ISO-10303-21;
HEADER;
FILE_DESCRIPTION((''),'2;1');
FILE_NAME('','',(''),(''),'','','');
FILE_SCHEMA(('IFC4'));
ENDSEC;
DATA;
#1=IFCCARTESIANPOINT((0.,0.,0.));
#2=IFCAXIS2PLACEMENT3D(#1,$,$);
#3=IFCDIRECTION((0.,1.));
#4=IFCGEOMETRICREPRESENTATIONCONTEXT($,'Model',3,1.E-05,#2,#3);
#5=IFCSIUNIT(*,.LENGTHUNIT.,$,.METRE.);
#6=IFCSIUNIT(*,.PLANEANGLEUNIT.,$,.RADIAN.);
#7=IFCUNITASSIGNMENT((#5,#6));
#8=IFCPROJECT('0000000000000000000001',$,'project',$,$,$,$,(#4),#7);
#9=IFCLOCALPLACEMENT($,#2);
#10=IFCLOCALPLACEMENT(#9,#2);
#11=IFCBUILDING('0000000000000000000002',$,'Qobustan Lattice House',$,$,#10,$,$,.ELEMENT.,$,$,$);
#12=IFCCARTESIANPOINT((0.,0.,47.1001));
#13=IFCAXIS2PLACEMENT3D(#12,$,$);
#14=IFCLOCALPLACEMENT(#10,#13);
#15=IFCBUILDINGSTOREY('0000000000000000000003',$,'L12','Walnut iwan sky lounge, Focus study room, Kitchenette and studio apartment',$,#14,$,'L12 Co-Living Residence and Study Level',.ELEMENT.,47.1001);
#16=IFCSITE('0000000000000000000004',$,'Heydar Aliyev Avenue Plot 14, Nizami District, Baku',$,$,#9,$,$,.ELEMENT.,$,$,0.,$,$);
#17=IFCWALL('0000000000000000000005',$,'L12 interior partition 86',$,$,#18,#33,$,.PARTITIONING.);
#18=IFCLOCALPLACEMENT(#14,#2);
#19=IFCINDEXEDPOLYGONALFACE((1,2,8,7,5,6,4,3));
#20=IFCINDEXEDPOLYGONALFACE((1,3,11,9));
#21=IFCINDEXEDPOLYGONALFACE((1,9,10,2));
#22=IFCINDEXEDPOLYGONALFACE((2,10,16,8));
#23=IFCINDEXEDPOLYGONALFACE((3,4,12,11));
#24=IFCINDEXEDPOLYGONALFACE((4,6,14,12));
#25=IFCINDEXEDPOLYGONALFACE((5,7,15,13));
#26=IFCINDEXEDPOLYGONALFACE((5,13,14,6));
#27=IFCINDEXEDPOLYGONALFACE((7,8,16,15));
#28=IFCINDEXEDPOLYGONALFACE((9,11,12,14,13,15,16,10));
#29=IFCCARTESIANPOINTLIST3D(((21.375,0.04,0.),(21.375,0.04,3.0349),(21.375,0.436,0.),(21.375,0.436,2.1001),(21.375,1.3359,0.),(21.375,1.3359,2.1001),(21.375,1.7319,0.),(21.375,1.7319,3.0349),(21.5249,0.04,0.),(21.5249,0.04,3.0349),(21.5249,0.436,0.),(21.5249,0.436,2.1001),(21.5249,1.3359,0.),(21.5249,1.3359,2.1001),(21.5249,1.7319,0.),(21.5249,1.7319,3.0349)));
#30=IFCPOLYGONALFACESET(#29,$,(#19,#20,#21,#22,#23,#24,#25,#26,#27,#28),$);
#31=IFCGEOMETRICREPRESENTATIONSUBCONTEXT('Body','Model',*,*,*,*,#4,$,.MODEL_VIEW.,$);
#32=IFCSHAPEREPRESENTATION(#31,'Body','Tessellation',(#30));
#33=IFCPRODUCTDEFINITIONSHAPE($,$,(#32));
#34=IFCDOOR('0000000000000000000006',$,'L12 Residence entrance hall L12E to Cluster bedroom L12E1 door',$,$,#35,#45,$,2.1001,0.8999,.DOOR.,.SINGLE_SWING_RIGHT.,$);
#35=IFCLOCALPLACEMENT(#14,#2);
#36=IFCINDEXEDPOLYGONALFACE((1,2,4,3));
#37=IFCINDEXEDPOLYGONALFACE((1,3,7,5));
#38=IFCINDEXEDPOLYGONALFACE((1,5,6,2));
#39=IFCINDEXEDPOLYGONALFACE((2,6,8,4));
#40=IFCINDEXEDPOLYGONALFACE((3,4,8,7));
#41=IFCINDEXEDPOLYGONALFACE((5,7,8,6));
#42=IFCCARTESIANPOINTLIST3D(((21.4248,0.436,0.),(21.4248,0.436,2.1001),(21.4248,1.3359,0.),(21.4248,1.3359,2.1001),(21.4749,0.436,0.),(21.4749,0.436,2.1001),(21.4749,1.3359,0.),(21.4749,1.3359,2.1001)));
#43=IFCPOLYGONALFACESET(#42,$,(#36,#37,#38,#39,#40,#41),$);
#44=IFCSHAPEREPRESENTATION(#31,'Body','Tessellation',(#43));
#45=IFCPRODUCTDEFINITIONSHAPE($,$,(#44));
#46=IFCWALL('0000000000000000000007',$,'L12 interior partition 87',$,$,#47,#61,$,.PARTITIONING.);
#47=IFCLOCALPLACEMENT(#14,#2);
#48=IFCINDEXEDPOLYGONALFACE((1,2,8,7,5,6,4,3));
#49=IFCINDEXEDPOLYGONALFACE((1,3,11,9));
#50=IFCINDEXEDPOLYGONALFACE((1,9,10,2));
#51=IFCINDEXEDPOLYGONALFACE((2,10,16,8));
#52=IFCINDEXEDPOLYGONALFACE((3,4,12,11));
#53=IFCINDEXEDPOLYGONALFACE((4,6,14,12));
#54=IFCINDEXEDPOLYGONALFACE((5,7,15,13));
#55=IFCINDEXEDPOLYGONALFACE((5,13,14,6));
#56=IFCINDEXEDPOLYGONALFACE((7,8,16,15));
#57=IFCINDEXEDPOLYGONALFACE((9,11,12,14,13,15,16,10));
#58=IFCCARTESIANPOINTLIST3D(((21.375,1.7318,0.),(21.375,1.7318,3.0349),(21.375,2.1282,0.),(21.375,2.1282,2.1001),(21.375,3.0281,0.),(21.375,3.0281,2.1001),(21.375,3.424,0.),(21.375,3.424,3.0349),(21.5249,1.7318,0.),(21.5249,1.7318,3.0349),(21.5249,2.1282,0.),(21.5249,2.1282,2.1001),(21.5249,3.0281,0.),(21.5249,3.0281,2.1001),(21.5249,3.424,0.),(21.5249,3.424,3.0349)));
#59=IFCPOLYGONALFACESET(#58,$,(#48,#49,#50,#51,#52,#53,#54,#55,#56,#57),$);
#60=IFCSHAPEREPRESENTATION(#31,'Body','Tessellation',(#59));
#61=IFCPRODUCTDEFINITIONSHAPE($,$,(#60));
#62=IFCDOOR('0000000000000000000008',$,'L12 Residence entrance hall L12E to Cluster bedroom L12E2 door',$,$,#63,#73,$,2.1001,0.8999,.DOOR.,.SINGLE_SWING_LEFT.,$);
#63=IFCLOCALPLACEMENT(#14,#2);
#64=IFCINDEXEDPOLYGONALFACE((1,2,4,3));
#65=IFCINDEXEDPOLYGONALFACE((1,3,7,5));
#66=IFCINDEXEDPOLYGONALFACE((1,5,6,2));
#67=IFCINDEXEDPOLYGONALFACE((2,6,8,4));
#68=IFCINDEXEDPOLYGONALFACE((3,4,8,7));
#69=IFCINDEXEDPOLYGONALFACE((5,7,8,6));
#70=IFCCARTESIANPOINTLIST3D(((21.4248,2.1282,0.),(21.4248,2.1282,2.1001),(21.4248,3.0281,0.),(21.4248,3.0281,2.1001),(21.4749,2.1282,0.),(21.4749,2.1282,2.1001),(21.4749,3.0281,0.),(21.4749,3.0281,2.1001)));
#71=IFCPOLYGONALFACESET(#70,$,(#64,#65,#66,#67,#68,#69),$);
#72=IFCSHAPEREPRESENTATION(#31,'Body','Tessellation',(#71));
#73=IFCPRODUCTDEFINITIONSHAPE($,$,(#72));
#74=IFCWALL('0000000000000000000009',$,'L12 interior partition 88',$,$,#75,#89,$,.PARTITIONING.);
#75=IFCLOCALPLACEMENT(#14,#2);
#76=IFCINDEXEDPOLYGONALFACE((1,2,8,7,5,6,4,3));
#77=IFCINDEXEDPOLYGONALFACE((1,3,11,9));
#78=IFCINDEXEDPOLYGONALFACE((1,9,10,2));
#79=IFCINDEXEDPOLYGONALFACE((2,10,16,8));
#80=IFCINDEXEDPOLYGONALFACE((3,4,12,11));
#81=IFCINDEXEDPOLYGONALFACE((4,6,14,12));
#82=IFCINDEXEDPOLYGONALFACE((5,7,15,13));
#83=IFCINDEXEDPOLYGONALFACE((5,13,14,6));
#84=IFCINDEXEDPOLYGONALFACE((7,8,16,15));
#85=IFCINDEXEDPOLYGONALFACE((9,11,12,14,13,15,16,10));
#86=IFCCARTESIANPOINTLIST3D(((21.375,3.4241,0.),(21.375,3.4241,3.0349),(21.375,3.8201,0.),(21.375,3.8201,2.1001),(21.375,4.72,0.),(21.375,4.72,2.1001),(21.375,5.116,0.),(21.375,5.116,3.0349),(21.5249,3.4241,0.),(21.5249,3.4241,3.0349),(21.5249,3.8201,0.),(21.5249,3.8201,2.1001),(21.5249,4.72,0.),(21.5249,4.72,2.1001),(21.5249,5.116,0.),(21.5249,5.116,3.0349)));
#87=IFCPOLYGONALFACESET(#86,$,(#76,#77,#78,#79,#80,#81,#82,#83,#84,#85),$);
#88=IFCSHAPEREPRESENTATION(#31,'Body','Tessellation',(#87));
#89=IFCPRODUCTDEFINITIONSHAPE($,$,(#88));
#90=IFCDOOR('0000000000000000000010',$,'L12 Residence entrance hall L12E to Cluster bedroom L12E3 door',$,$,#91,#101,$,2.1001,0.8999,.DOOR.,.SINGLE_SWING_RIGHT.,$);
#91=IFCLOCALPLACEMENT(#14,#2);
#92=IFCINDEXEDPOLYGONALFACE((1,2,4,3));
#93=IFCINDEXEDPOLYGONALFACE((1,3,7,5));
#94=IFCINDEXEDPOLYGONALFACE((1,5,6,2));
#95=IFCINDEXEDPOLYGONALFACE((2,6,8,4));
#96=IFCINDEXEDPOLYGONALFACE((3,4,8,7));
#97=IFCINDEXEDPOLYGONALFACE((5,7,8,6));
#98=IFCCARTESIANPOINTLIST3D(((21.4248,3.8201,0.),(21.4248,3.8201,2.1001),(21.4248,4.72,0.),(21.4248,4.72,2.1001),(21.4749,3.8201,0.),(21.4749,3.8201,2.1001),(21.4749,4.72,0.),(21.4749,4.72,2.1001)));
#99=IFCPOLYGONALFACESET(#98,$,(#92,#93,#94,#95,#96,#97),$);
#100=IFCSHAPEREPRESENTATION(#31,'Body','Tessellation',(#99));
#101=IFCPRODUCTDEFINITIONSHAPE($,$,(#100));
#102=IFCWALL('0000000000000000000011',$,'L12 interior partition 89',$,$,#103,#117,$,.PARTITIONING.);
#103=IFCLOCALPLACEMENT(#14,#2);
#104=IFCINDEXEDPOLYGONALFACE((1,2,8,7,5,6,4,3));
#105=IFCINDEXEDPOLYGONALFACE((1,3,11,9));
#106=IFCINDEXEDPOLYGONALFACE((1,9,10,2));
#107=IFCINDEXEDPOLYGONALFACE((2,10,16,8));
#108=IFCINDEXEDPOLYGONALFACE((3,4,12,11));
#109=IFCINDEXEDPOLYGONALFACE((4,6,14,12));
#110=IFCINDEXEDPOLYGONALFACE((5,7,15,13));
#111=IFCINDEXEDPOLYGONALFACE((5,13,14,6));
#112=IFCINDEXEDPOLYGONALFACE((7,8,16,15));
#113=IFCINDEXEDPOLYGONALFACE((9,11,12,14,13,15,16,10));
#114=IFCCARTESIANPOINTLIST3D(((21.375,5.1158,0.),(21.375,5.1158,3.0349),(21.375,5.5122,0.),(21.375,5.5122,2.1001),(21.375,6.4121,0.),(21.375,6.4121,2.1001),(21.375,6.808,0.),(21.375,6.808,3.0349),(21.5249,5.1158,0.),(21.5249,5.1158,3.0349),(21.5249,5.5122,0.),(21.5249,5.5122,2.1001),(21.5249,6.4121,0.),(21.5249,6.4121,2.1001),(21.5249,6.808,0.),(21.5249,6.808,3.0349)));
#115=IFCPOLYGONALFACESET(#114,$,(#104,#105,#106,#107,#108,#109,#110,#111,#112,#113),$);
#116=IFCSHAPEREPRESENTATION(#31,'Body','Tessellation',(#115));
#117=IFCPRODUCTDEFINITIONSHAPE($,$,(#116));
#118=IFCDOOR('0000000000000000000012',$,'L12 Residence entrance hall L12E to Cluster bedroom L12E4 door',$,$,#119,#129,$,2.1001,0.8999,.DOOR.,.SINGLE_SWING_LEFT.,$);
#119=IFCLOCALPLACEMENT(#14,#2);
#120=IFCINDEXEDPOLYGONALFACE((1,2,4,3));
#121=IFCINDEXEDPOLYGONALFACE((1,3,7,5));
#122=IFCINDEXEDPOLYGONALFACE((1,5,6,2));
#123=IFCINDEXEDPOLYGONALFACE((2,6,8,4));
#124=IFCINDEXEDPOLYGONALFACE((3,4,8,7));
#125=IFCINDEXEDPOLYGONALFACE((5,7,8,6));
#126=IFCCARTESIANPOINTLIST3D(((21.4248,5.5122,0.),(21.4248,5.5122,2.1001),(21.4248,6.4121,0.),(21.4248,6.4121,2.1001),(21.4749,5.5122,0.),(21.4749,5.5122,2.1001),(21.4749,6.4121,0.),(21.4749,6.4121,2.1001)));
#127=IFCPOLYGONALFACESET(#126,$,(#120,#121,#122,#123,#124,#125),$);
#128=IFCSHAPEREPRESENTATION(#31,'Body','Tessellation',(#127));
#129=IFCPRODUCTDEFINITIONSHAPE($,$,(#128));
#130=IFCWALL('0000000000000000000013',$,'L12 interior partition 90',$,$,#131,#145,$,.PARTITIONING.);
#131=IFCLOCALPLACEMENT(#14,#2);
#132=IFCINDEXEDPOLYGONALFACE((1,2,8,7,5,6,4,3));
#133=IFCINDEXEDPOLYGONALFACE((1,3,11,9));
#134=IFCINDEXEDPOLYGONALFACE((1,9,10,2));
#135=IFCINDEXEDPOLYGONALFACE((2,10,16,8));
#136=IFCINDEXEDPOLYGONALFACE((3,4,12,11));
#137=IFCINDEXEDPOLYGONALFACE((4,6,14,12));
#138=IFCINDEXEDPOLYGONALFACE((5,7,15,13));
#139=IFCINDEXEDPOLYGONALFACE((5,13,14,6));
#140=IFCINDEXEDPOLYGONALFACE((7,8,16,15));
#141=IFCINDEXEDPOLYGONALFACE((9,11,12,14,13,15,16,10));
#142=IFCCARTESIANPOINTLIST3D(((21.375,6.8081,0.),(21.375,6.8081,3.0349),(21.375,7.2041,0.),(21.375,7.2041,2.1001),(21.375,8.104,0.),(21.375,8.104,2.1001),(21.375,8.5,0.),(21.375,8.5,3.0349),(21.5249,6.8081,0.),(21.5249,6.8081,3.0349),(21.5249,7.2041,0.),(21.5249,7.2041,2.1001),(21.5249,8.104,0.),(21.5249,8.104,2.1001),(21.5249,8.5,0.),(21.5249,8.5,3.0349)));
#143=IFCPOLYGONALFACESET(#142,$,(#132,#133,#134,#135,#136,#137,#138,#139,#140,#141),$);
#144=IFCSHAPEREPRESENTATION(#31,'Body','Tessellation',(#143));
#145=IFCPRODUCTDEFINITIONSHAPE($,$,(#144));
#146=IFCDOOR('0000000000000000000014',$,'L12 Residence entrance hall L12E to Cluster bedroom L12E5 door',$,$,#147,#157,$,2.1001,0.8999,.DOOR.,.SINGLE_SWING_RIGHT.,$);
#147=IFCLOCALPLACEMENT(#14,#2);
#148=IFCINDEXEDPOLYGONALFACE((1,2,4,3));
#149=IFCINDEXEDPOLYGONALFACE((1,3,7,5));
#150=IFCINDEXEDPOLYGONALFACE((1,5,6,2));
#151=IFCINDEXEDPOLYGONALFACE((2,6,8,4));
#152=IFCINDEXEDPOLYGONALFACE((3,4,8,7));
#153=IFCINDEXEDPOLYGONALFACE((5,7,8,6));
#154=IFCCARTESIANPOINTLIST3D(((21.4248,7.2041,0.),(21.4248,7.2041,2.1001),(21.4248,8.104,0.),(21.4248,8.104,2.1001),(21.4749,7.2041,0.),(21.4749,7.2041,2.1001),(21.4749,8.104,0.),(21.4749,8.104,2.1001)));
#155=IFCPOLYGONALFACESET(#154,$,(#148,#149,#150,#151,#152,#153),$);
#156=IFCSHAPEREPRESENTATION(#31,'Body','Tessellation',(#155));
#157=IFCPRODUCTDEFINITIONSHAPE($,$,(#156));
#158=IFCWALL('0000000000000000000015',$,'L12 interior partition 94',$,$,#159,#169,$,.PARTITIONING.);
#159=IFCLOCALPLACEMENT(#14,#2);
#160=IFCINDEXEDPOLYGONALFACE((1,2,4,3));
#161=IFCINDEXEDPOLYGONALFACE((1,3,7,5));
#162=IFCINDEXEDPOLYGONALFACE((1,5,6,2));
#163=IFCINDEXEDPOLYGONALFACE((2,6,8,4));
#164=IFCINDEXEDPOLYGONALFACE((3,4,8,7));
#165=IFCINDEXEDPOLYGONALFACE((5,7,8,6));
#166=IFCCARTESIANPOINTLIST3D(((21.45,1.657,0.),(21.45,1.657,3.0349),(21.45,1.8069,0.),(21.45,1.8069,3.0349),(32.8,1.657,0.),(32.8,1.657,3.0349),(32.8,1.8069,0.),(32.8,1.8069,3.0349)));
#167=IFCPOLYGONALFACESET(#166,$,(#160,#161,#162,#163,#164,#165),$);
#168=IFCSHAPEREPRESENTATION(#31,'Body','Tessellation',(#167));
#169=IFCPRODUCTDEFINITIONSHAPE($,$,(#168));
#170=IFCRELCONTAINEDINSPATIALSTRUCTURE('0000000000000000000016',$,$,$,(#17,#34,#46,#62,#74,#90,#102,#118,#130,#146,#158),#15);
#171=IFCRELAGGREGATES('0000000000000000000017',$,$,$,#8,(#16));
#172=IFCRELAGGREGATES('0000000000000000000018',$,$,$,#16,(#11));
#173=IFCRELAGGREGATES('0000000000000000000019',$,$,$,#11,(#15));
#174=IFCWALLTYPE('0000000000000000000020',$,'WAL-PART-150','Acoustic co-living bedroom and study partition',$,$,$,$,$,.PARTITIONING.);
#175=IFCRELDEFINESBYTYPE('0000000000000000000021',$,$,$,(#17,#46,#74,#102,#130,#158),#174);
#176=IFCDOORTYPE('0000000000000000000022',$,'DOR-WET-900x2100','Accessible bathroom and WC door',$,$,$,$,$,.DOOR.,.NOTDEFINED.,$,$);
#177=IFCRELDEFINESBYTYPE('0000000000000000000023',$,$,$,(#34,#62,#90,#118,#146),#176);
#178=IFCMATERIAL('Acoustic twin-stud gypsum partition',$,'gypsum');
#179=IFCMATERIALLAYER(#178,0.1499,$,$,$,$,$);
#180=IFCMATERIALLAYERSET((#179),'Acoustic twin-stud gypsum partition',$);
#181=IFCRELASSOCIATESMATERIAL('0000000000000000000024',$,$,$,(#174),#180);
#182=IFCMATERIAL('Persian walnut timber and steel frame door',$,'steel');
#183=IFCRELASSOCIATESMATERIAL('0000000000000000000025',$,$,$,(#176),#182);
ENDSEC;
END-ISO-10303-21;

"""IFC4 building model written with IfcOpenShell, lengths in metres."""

from ifc_helpers import new_model, si_unit, direction, frame, frame_2d, origin, place, context, subcontext, project, spatial, rectangle, extrude, material, layer, layer_set, type_object, element, fill, save


model = new_model("IFC4")

# Units and contexts
model_context = context("Model", 3, precision=1e-05, world=origin(), true_north=direction((0.0, 1.0)))
body_context = subcontext(model_context, "Body", "Model", "MODEL_VIEW")
ifc_project = project(units=[si_unit("LENGTHUNIT", "METRE"), si_unit("PLANEANGLEUNIT", "RADIAN")], contexts=[model_context])

# Site, building, storey
site_placement = place(None, origin())
site = spatial("IfcSite", under=ifc_project, at=site_placement, Name="Heydar Aliyev Avenue Plot 14, Nizami District, Baku", CompositionType="ELEMENT", RefElevation=0.0)
building_placement = place(site_placement, origin())
building = spatial("IfcBuilding", under=site, at=building_placement, Name="Qobustan Lattice House", CompositionType="ELEMENT")
storey_placement = place(building_placement, frame((0.0, 0.0, 47.1001)))
storey = spatial("IfcBuildingStorey", under=building, at=storey_placement, Name="L12", Description="Walnut iwan sky lounge, Focus study room, Kitchenette and studio apartment", LongName="L12 Co-Living Residence and Study Level", CompositionType="ELEMENT", Elevation=47.1001)

# Shared definitions
ifc_material_1 = material(Name="Acoustic twin-stud gypsum partition", Category="gypsum")
ifc_layer_1 = layer(ifc_material_1, 0.1499)
ifc_layer_set_1 = layer_set([ifc_layer_1], Name="Acoustic twin-stud gypsum partition")
wall_type_1 = type_object("IfcWallType", Name="WAL-PART-150", Description="Acoustic co-living bedroom and study partition", PredefinedType="PARTITIONING", material=ifc_layer_set_1)

# Walls, openings, doors
wall_1_placement = place(storey_placement, frame((21.45, 1.7319, 0.0), z_axis=(0.0, 0.0, 1.0), x_axis=(0.0, -1.0, 0.0)))
wall_1 = element("IfcWall", 1, at=wall_1_placement, inside=storey, type_object=wall_type_1, Name="L12 interior partition 86", PredefinedType="PARTITIONING", context=body_context, shape_type="SweptSolid", body=[
    extrude(rectangle(XDim=1.6919, YDim=0.1499, at=frame_2d((0.8459, 0.0))), origin(), (0.0, 0.0, 1.0), 3.0349),
])
opening_1_placement = place(wall_1_placement, frame((0.396, 0.0, 0.0)))
opening_1 = element("IfcOpeningElement", 2, at=opening_1_placement, cuts=wall_1, PredefinedType="OPENING", context=body_context, shape_type="SweptSolid", body=[
    extrude(rectangle(XDim=0.8999, YDim=2.1001, at=frame_2d((0.45, 1.05))), frame((0.0, 0.085, 0.0), z_axis=(0.0, -1.0, 0.0), x_axis=(1.0, 0.0, 0.0)), (0.0, 0.0, 1.0), 0.1699),
])
ifc_material_2 = material(Name="Persian walnut timber and steel frame door", Category="steel")
door_type_1 = type_object("IfcDoorType", Name="DOR-WET-900x2100", Description="Accessible bathroom and WC door", OperationType="NOTDEFINED", PredefinedType="DOOR", material=ifc_material_2)
door_1_placement = place(opening_1_placement, origin())
door_1 = element("IfcDoor", 3, at=door_1_placement, inside=storey, type_object=door_type_1, Name="L12 Residence entrance hall L12E to Cluster bedroom L12E1 door", OperationType="SINGLE_SWING_RIGHT", OverallHeight=2.1001, OverallWidth=0.8999, PredefinedType="DOOR", context=body_context, shape_type="SweptSolid", body=[
    extrude(rectangle(XDim=0.8999, YDim=2.1001, at=frame_2d((0.45, 1.05))), frame((0.0, 0.0249, 0.0), z_axis=(0.0, -1.0, 0.0), x_axis=(1.0, 0.0, 0.0)), (0.0, 0.0, 1.0), 0.05),
])
fill(opening_1, door_1)
wall_2_placement = place(storey_placement, frame((21.45, 3.4241, 0.0), z_axis=(0.0, 0.0, 1.0), x_axis=(0.0, -1.0, 0.0)))
wall_2 = element("IfcWall", 4, at=wall_2_placement, inside=storey, type_object=wall_type_1, Name="L12 interior partition 87", PredefinedType="PARTITIONING", context=body_context, shape_type="SweptSolid", body=[
    extrude(rectangle(XDim=1.6921, YDim=0.1499, at=frame_2d((0.8462, 0.0))), origin(), (0.0, 0.0, 1.0), 3.0349),
])
opening_2_placement = place(wall_2_placement, frame((0.396, 0.0, 0.0)))
opening_2 = element("IfcOpeningElement", 5, at=opening_2_placement, cuts=wall_2, PredefinedType="OPENING", context=body_context, shape_type="SweptSolid", body=[
    extrude(rectangle(XDim=0.8999, YDim=2.1001, at=frame_2d((0.45, 1.05))), frame((0.0, 0.085, 0.0), z_axis=(0.0, -1.0, 0.0), x_axis=(1.0, 0.0, 0.0)), (0.0, 0.0, 1.0), 0.1699),
])
door_2_placement = place(opening_2_placement, origin())
door_2 = element("IfcDoor", 6, at=door_2_placement, inside=storey, type_object=door_type_1, Name="L12 Residence entrance hall L12E to Cluster bedroom L12E2 door", OperationType="SINGLE_SWING_LEFT", OverallHeight=2.1001, OverallWidth=0.8999, PredefinedType="DOOR", context=body_context, shape_type="SweptSolid", body=[
    extrude(rectangle(XDim=0.8999, YDim=2.1001, at=frame_2d((0.45, 1.05))), frame((0.0, 0.0249, 0.0), z_axis=(0.0, -1.0, 0.0), x_axis=(1.0, 0.0, 0.0)), (0.0, 0.0, 1.0), 0.05),
])
fill(opening_2, door_2)
wall_3_placement = place(storey_placement, frame((21.45, 5.116, 0.0), z_axis=(0.0, 0.0, 1.0), x_axis=(0.0, -1.0, 0.0)))
wall_3 = element("IfcWall", 7, at=wall_3_placement, inside=storey, type_object=wall_type_1, Name="L12 interior partition 88", PredefinedType="PARTITIONING", context=body_context, shape_type="SweptSolid", body=[
    extrude(rectangle(XDim=1.6919, YDim=0.1499, at=frame_2d((0.8459, 0.0))), origin(), (0.0, 0.0, 1.0), 3.0349),
])
opening_3_placement = place(wall_3_placement, frame((0.396, 0.0, 0.0)))
opening_3 = element("IfcOpeningElement", 8, at=opening_3_placement, cuts=wall_3, PredefinedType="OPENING", context=body_context, shape_type="SweptSolid", body=[
    extrude(rectangle(XDim=0.8999, YDim=2.1001, at=frame_2d((0.45, 1.05))), frame((0.0, 0.085, 0.0), z_axis=(0.0, -1.0, 0.0), x_axis=(1.0, 0.0, 0.0)), (0.0, 0.0, 1.0), 0.1699),
])
door_3_placement = place(opening_3_placement, origin())
door_3 = element("IfcDoor", 9, at=door_3_placement, inside=storey, type_object=door_type_1, Name="L12 Residence entrance hall L12E to Cluster bedroom L12E3 door", OperationType="SINGLE_SWING_RIGHT", OverallHeight=2.1001, OverallWidth=0.8999, PredefinedType="DOOR", context=body_context, shape_type="SweptSolid", body=[
    extrude(rectangle(XDim=0.8999, YDim=2.1001, at=frame_2d((0.45, 1.05))), frame((0.0, 0.0249, 0.0), z_axis=(0.0, -1.0, 0.0), x_axis=(1.0, 0.0, 0.0)), (0.0, 0.0, 1.0), 0.05),
])
fill(opening_3, door_3)
wall_4_placement = place(storey_placement, frame((21.45, 6.8081, 0.0), z_axis=(0.0, 0.0, 1.0), x_axis=(0.0, -1.0, 0.0)))
wall_4 = element("IfcWall", 10, at=wall_4_placement, inside=storey, type_object=wall_type_1, Name="L12 interior partition 89", PredefinedType="PARTITIONING", context=body_context, shape_type="SweptSolid", body=[
    extrude(rectangle(XDim=1.6921, YDim=0.1499, at=frame_2d((0.8462, 0.0))), origin(), (0.0, 0.0, 1.0), 3.0349),
])
opening_4_placement = place(wall_4_placement, frame((0.396, 0.0, 0.0)))
opening_4 = element("IfcOpeningElement", 11, at=opening_4_placement, cuts=wall_4, PredefinedType="OPENING", context=body_context, shape_type="SweptSolid", body=[
    extrude(rectangle(XDim=0.8999, YDim=2.1001, at=frame_2d((0.45, 1.05))), frame((0.0, 0.085, 0.0), z_axis=(0.0, -1.0, 0.0), x_axis=(1.0, 0.0, 0.0)), (0.0, 0.0, 1.0), 0.1699),
])
door_4_placement = place(opening_4_placement, origin())
door_4 = element("IfcDoor", 12, at=door_4_placement, inside=storey, type_object=door_type_1, Name="L12 Residence entrance hall L12E to Cluster bedroom L12E4 door", OperationType="SINGLE_SWING_LEFT", OverallHeight=2.1001, OverallWidth=0.8999, PredefinedType="DOOR", context=body_context, shape_type="SweptSolid", body=[
    extrude(rectangle(XDim=0.8999, YDim=2.1001, at=frame_2d((0.45, 1.05))), frame((0.0, 0.0249, 0.0), z_axis=(0.0, -1.0, 0.0), x_axis=(1.0, 0.0, 0.0)), (0.0, 0.0, 1.0), 0.05),
])
fill(opening_4, door_4)
wall_5_placement = place(storey_placement, frame((21.45, 8.5, 0.0), z_axis=(0.0, 0.0, 1.0), x_axis=(0.0, -1.0, 0.0)))
wall_5 = element("IfcWall", 13, at=wall_5_placement, inside=storey, type_object=wall_type_1, Name="L12 interior partition 90", PredefinedType="PARTITIONING", context=body_context, shape_type="SweptSolid", body=[
    extrude(rectangle(XDim=1.6919, YDim=0.1499, at=frame_2d((0.8459, 0.0))), origin(), (0.0, 0.0, 1.0), 3.0349),
])
opening_5_placement = place(wall_5_placement, frame((0.396, 0.0, 0.0)))
opening_5 = element("IfcOpeningElement", 14, at=opening_5_placement, cuts=wall_5, PredefinedType="OPENING", context=body_context, shape_type="SweptSolid", body=[
    extrude(rectangle(XDim=0.8999, YDim=2.1001, at=frame_2d((0.45, 1.05))), frame((0.0, 0.085, 0.0), z_axis=(0.0, -1.0, 0.0), x_axis=(1.0, 0.0, 0.0)), (0.0, 0.0, 1.0), 0.1699),
])
door_5_placement = place(opening_5_placement, origin())
door_5 = element("IfcDoor", 15, at=door_5_placement, inside=storey, type_object=door_type_1, Name="L12 Residence entrance hall L12E to Cluster bedroom L12E5 door", OperationType="SINGLE_SWING_RIGHT", OverallHeight=2.1001, OverallWidth=0.8999, PredefinedType="DOOR", context=body_context, shape_type="SweptSolid", body=[
    extrude(rectangle(XDim=0.8999, YDim=2.1001, at=frame_2d((0.45, 1.05))), frame((0.0, 0.0249, 0.0), z_axis=(0.0, -1.0, 0.0), x_axis=(1.0, 0.0, 0.0)), (0.0, 0.0, 1.0), 0.05),
])
fill(opening_5, door_5)

# Wall
wall_6_placement = place(storey_placement, frame((21.45, 1.7319, 0.0), z_axis=(0.0, 0.0, 1.0), x_axis=(1.0, 0.0, 0.0)))
element("IfcWall", 16, at=wall_6_placement, inside=storey, type_object=wall_type_1, Name="L12 interior partition 94", PredefinedType="PARTITIONING", context=body_context, shape_type="SweptSolid", body=[
    extrude(rectangle(XDim=11.3501, YDim=0.1499, at=frame_2d((5.675, 0.0))), origin(), (0.0, 0.0, 1.0), 3.0349),
])

save(model, "model.ifc")
